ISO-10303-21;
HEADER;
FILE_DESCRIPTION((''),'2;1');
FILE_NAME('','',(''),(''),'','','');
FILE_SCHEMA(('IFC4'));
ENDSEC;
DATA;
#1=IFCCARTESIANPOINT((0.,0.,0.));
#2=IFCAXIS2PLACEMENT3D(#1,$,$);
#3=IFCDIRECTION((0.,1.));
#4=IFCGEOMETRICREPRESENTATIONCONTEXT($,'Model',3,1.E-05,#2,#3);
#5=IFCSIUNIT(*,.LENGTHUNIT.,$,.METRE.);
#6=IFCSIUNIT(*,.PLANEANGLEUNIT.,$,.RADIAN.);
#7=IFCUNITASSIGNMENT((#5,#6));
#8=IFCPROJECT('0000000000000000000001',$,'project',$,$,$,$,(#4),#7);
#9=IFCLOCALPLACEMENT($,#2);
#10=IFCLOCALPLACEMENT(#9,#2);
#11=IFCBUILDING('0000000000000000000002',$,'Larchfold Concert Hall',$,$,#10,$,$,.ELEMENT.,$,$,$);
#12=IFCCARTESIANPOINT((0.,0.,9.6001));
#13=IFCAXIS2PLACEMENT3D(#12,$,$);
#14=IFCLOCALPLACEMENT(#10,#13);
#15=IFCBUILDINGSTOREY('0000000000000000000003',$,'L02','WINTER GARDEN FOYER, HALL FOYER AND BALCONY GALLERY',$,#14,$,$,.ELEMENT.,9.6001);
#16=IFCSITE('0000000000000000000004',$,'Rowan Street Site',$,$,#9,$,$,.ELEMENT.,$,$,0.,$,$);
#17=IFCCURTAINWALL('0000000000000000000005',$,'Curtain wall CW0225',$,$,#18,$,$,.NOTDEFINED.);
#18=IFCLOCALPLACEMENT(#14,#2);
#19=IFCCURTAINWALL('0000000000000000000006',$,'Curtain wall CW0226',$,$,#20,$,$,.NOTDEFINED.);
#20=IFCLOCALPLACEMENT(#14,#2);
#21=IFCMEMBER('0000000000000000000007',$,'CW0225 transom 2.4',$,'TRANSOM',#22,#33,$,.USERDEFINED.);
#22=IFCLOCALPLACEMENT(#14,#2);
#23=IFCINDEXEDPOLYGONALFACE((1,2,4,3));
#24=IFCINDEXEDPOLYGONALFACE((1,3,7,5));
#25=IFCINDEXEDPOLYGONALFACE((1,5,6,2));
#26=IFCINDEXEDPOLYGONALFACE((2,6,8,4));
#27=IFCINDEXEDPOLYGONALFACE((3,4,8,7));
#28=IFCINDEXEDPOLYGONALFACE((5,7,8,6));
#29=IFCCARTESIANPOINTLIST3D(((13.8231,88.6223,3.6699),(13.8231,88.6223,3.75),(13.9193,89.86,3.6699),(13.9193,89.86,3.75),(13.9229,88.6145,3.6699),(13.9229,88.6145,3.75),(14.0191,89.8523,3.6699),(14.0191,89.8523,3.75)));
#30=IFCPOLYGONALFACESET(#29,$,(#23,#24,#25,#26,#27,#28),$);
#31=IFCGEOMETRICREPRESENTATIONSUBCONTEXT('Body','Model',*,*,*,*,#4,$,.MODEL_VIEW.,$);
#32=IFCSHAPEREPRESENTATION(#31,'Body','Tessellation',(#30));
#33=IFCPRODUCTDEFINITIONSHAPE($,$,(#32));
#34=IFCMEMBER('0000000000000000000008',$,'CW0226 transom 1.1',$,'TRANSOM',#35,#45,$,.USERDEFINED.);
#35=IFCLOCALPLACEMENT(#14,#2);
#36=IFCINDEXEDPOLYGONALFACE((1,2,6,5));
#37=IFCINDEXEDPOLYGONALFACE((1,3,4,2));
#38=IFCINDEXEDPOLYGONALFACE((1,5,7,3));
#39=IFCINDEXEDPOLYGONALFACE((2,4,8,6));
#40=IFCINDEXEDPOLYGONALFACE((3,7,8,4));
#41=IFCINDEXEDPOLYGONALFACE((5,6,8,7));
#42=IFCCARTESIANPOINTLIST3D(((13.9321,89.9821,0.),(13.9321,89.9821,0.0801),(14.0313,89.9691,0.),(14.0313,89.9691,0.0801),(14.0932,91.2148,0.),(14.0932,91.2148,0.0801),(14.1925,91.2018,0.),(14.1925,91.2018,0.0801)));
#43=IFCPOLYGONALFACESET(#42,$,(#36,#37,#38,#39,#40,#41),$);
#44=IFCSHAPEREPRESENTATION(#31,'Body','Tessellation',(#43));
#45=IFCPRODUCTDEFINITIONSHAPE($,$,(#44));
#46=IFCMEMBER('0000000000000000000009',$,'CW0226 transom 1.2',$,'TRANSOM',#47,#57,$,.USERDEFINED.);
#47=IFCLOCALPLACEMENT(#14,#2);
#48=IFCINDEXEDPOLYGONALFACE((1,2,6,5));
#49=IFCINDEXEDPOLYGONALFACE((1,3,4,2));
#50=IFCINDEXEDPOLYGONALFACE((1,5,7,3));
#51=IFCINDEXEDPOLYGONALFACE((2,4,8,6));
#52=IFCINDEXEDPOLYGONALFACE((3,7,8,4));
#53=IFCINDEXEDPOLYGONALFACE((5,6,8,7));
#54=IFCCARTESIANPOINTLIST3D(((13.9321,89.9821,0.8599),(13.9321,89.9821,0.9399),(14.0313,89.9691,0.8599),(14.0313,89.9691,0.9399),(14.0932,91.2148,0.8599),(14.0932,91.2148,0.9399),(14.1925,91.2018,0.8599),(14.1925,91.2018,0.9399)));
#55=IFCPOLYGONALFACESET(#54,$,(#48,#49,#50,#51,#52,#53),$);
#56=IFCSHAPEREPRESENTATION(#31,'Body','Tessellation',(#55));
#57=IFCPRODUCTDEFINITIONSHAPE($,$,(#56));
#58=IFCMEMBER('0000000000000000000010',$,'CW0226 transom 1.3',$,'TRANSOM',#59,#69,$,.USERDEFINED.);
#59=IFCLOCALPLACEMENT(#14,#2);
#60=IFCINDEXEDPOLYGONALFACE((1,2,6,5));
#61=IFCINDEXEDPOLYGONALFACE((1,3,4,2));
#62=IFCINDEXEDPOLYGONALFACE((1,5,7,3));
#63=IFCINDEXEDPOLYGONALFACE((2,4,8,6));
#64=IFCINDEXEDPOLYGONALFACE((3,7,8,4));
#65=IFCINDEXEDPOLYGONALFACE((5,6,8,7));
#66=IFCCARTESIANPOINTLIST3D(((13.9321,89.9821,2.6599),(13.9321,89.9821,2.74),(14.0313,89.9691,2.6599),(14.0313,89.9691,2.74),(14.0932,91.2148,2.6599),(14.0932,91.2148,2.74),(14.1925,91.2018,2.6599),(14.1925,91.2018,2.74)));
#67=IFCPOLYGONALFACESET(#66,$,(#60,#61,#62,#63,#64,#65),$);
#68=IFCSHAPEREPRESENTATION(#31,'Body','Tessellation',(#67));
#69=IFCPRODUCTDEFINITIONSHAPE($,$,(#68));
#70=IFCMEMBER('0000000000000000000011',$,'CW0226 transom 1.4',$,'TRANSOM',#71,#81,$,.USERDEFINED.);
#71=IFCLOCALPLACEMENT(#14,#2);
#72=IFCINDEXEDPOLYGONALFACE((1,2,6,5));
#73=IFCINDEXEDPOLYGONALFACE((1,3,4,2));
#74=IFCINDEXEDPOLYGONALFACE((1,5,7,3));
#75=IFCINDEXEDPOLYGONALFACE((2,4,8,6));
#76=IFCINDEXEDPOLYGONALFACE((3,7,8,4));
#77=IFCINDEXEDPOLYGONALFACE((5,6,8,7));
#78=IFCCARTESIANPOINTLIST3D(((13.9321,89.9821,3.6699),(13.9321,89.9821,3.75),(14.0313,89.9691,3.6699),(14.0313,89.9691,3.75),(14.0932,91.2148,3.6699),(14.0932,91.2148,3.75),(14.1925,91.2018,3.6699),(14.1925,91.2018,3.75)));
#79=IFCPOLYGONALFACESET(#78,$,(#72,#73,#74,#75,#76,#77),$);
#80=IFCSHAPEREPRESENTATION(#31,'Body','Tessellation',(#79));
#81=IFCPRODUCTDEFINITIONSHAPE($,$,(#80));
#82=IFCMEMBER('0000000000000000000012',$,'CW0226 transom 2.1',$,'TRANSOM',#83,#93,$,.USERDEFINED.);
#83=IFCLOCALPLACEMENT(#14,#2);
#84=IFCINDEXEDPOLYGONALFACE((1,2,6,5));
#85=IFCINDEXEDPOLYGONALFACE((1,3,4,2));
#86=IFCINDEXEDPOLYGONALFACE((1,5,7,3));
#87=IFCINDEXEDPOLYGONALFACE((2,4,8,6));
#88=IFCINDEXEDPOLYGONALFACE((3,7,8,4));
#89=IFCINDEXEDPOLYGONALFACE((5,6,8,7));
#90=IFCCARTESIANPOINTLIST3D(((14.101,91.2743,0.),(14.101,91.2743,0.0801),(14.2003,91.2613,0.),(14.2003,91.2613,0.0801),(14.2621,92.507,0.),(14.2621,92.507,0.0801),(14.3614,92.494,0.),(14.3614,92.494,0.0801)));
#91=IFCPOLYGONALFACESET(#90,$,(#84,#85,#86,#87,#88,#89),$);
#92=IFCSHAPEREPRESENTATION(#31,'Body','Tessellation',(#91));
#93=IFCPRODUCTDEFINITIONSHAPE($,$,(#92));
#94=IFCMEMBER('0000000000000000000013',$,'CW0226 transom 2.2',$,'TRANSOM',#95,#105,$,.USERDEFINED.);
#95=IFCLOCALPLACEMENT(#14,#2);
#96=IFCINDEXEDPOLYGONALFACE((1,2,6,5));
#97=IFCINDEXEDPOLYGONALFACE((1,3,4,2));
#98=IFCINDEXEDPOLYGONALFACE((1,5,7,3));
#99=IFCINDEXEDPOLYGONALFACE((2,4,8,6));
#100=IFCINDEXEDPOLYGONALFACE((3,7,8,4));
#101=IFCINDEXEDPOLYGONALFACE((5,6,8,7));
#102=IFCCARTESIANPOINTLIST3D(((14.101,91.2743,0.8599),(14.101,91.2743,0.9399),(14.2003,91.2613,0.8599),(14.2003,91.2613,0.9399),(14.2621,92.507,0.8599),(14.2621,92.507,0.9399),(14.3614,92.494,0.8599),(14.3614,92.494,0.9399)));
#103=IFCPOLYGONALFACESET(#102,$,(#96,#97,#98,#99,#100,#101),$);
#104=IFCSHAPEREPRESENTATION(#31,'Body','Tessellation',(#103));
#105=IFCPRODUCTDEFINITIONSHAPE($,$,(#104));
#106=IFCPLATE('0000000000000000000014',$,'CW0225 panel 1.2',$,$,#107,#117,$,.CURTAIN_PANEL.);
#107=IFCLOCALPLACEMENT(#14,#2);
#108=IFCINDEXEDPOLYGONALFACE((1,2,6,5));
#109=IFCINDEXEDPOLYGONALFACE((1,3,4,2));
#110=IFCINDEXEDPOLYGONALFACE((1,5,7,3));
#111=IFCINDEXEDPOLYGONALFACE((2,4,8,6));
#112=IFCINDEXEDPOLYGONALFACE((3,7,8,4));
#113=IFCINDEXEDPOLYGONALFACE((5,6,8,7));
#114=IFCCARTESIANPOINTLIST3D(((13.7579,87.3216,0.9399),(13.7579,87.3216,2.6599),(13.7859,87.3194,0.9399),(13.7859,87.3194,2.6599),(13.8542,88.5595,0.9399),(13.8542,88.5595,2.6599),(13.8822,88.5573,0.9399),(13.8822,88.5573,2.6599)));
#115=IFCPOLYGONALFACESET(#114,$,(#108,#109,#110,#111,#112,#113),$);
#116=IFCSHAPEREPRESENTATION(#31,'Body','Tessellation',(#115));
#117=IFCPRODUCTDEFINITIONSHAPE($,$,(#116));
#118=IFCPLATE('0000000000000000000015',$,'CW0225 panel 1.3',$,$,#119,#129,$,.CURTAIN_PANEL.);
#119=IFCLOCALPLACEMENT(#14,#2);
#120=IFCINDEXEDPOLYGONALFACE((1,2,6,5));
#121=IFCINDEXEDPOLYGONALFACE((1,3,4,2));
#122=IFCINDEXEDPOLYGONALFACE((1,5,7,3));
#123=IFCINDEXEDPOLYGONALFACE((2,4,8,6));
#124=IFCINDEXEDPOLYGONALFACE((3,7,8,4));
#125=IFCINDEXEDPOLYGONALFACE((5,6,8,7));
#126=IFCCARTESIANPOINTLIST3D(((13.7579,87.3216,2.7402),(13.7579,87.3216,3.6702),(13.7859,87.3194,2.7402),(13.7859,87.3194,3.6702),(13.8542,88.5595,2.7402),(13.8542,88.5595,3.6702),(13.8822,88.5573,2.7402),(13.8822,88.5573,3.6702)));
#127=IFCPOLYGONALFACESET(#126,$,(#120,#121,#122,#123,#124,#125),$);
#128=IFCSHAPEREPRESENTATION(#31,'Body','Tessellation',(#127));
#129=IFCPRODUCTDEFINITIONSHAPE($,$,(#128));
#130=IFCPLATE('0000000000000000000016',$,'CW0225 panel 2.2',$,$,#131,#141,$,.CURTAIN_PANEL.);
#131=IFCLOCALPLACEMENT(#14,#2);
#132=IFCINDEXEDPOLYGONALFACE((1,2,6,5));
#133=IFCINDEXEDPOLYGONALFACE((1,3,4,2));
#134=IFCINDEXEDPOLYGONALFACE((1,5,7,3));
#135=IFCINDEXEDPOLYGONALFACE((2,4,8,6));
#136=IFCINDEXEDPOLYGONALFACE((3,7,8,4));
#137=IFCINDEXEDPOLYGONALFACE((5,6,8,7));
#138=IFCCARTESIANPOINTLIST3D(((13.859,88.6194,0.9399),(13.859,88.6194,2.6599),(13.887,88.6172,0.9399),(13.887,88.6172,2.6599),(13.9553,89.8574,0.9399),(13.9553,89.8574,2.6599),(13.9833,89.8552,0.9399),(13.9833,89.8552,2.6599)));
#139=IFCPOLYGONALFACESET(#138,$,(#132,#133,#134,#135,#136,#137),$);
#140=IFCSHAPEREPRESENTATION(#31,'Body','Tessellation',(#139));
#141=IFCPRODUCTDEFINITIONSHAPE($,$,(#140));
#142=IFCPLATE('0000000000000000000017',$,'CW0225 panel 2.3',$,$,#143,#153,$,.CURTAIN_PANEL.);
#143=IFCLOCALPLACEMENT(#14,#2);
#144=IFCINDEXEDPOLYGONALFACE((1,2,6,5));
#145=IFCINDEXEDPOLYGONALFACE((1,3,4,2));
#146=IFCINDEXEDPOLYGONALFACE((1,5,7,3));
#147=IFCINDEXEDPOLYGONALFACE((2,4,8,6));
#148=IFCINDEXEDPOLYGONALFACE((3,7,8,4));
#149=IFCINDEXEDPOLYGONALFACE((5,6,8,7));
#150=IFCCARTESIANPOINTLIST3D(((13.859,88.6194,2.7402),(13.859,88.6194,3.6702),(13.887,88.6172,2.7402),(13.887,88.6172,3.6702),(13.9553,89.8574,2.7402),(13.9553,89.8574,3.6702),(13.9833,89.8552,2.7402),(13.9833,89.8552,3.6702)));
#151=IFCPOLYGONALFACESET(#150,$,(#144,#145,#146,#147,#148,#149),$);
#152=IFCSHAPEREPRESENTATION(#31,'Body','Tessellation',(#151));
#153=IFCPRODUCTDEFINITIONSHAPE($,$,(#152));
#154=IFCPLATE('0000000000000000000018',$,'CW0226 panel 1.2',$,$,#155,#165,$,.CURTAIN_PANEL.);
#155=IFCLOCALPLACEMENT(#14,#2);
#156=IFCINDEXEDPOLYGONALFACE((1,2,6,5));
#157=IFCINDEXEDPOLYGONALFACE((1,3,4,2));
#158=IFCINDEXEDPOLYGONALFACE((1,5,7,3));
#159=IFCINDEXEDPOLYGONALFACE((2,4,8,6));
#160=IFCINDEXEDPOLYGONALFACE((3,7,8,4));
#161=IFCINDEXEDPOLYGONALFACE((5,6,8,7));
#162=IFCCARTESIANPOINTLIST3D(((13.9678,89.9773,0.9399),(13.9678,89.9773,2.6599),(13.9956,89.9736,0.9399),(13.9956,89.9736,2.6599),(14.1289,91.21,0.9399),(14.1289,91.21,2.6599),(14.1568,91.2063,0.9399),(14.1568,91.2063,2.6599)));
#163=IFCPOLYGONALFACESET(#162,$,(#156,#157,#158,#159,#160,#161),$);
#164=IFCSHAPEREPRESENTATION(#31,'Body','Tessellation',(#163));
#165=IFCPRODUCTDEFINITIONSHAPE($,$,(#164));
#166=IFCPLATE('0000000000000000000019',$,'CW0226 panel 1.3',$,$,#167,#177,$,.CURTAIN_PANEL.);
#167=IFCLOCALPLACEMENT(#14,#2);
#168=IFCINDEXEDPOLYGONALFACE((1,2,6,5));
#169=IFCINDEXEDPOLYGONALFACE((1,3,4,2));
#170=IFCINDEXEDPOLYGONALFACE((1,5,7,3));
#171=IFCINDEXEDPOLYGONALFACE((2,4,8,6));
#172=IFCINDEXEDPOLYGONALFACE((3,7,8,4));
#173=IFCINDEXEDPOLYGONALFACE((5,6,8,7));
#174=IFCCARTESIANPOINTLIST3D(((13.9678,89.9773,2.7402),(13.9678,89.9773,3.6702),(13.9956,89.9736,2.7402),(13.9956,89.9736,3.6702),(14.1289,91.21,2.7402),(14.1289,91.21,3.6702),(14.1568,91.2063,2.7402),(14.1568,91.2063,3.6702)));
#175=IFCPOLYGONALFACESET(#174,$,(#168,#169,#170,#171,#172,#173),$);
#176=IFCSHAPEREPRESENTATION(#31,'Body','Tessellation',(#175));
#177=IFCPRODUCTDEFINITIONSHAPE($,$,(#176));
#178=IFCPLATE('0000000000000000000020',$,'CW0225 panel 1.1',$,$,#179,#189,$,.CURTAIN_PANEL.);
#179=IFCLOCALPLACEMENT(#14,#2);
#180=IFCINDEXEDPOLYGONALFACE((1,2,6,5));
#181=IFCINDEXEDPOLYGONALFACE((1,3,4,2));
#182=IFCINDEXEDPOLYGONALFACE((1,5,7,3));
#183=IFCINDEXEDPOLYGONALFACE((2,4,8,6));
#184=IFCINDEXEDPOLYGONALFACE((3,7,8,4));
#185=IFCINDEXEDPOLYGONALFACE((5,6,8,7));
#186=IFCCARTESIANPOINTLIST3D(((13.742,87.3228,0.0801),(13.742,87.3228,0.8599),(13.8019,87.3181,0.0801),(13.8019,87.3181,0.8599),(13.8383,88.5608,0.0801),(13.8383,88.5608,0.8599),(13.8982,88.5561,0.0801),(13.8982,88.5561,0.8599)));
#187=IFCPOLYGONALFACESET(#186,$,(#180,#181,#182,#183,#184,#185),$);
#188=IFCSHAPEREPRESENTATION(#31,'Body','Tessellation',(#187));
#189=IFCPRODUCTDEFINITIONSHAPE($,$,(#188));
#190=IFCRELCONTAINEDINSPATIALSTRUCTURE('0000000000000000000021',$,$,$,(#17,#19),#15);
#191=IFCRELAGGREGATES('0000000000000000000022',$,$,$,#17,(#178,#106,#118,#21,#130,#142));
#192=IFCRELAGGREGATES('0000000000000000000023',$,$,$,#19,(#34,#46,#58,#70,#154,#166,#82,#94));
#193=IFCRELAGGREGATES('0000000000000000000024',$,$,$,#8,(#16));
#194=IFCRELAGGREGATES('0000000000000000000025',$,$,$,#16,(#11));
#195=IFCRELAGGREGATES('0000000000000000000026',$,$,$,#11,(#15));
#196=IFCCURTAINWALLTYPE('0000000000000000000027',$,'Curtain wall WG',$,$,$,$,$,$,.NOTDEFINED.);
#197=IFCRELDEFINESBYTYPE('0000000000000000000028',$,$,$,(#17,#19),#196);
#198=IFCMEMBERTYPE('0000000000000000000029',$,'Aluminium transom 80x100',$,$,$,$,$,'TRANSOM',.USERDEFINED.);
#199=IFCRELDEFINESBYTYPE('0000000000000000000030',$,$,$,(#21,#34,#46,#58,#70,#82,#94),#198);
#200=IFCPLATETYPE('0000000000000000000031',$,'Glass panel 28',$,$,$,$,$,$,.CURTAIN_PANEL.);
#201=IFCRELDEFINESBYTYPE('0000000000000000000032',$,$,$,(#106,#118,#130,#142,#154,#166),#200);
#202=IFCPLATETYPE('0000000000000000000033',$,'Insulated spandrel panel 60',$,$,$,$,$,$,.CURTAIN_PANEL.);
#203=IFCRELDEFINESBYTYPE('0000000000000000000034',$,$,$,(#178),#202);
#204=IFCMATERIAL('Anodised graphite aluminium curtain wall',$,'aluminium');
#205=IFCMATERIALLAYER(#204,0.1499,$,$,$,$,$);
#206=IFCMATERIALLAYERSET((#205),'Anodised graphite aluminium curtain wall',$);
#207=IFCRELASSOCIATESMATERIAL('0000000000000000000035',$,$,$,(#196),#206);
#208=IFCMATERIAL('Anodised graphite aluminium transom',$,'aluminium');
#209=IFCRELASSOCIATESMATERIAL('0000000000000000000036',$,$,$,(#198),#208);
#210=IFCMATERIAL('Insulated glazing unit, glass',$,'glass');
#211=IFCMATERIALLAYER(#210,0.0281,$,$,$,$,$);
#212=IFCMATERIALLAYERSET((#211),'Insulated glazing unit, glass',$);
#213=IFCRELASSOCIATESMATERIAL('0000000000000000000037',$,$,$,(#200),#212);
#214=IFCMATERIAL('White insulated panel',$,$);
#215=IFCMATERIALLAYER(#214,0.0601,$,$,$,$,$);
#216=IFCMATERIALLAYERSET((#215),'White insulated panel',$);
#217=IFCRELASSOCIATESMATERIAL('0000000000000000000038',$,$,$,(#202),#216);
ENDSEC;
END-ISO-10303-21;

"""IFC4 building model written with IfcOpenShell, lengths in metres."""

from ifc_helpers import new_model, si_unit, direction, frame, origin, origin_2d, place, context, subcontext, project, spatial, rectangle, extrude, material, layer, layer_set, material_profile, profile_set, type_object, element, aggregate, save


model = new_model("IFC4")

# Units and contexts
model_context = context("Model", 3, precision=1e-05, world=origin(), true_north=direction((0.0, 1.0)))
body_context = subcontext(model_context, "Body", "Model", "MODEL_VIEW")
ifc_project = project(units=[si_unit("LENGTHUNIT", "METRE"), si_unit("PLANEANGLEUNIT", "RADIAN")], contexts=[model_context])

# Site, building, storey
site_placement = place(None, origin())
site = spatial("IfcSite", under=ifc_project, at=site_placement, Name="Rowan Street Site", CompositionType="ELEMENT", RefElevation=0.0)
building_placement = place(site_placement, origin())
building = spatial("IfcBuilding", under=site, at=building_placement, Name="Larchfold Concert Hall", CompositionType="ELEMENT")
storey_placement = place(building_placement, frame((0.0, 0.0, 9.6001)))
storey = spatial("IfcBuildingStorey", under=building, at=storey_placement, Name="L02", Description="WINTER GARDEN FOYER, HALL FOYER AND BALCONY GALLERY", CompositionType="ELEMENT", Elevation=9.6001)

# Shared definitions
ifc_material_1 = material(Name="Anodised graphite aluminium curtain wall", Category="aluminium")
ifc_layer_1 = layer(ifc_material_1, 0.1499)
ifc_layer_set_1 = layer_set([ifc_layer_1], Name="Anodised graphite aluminium curtain wall")
curtain_wall_type = type_object("IfcCurtainWallType", Name="Curtain wall WG", PredefinedType="NOTDEFINED", material=ifc_layer_set_1)

# Curtain walls
curtain_wall_1_placement = place(storey_placement, origin())
curtain_wall_1 = element("IfcCurtainWall", 1, at=curtain_wall_1_placement, inside=storey, type_object=curtain_wall_type, Name="Curtain wall CW0225", PredefinedType="NOTDEFINED")
curtain_wall_2_placement = place(storey_placement, origin())
curtain_wall_2 = element("IfcCurtainWall", 2, at=curtain_wall_2_placement, inside=storey, type_object=curtain_wall_type, Name="Curtain wall CW0226", PredefinedType="NOTDEFINED")

# Members
ifc_material_2 = material(Name="Anodised graphite aluminium transom", Category="aluminium")
ifc_material_profile_1 = material_profile(ifc_material_2, rectangle(XDim=0.1001, YDim=0.0801, at=origin_2d()))
ifc_profile_set_1 = profile_set([ifc_material_profile_1], Name="Anodised graphite aluminium transom")
member_type_1 = type_object("IfcMemberType", Name="Aluminium transom 80x100", ElementType="TRANSOM", PredefinedType="USERDEFINED", material=ifc_profile_set_1)
member_1_placement = place(storey_placement, frame((13.873, 88.6184, 3.71), z_axis=(0.077478, 0.996994, 0.0), x_axis=(-0.996994, 0.077478, 0.0)))
member_1 = element("IfcMember", 3, at=member_1_placement, type_object=member_type_1, Name="CW0225 transom 2.4", ObjectType="TRANSOM", PredefinedType="USERDEFINED", context=body_context, shape_type="SweptSolid", body=[
    extrude(rectangle(XDim=0.1001, YDim=0.0801, at=origin_2d()), origin(), (0.0, 0.0, 1.0), 1.2415),
])
member_2_placement = place(storey_placement, frame((13.9817, 89.9756, 0.04), z_axis=(0.129616, 0.991564, 0.0), x_axis=(-0.991564, 0.129616, 0.0)))
member_2 = element("IfcMember", 4, at=member_2_placement, type_object=member_type_1, Name="CW0226 transom 1.1", ObjectType="TRANSOM", PredefinedType="USERDEFINED", context=body_context, shape_type="SweptSolid", body=[
    extrude(rectangle(XDim=0.1001, YDim=0.0801, at=origin_2d()), origin(), (0.0, 0.0, 1.0), 1.2432),
])
member_3_placement = place(storey_placement, frame((13.9817, 89.9756, 0.8999), z_axis=(0.129616, 0.991564, 0.0), x_axis=(-0.991564, 0.129616, 0.0)))
member_3 = element("IfcMember", 5, at=member_3_placement, type_object=member_type_1, Name="CW0226 transom 1.2", ObjectType="TRANSOM", PredefinedType="USERDEFINED", context=body_context, shape_type="SweptSolid", body=[
    extrude(rectangle(XDim=0.1001, YDim=0.0801, at=origin_2d()), origin(), (0.0, 0.0, 1.0), 1.2432),
])
member_4_placement = place(storey_placement, frame((13.9817, 89.9756, 2.7), z_axis=(0.129616, 0.991564, 0.0), x_axis=(-0.991564, 0.129616, 0.0)))
member_4 = element("IfcMember", 6, at=member_4_placement, type_object=member_type_1, Name="CW0226 transom 1.3", ObjectType="TRANSOM", PredefinedType="USERDEFINED", context=body_context, shape_type="SweptSolid", body=[
    extrude(rectangle(XDim=0.1001, YDim=0.0801, at=origin_2d()), origin(), (0.0, 0.0, 1.0), 1.2432),
])
member_5_placement = place(storey_placement, frame((13.9817, 89.9756, 3.71), z_axis=(0.129616, 0.991564, 0.0), x_axis=(-0.991564, 0.129616, 0.0)))
member_5 = element("IfcMember", 7, at=member_5_placement, type_object=member_type_1, Name="CW0226 transom 1.4", ObjectType="TRANSOM", PredefinedType="USERDEFINED", context=body_context, shape_type="SweptSolid", body=[
    extrude(rectangle(XDim=0.1001, YDim=0.0801, at=origin_2d()), origin(), (0.0, 0.0, 1.0), 1.2432),
])
member_6_placement = place(storey_placement, frame((14.1506, 91.2678, 0.04), z_axis=(0.129616, 0.991564, 0.0), x_axis=(-0.991564, 0.129616, 0.0)))
member_6 = element("IfcMember", 8, at=member_6_placement, type_object=member_type_1, Name="CW0226 transom 2.1", ObjectType="TRANSOM", PredefinedType="USERDEFINED", context=body_context, shape_type="SweptSolid", body=[
    extrude(rectangle(XDim=0.1001, YDim=0.0801, at=origin_2d()), origin(), (0.0, 0.0, 1.0), 1.2432),
])
member_7_placement = place(storey_placement, frame((14.1506, 91.2678, 0.8999), z_axis=(0.129616, 0.991564, 0.0), x_axis=(-0.991564, 0.129616, 0.0)))
member_7 = element("IfcMember", 9, at=member_7_placement, type_object=member_type_1, Name="CW0226 transom 2.2", ObjectType="TRANSOM", PredefinedType="USERDEFINED", context=body_context, shape_type="SweptSolid", body=[
    extrude(rectangle(XDim=0.1001, YDim=0.0801, at=origin_2d()), origin(), (0.0, 0.0, 1.0), 1.2432),
])

# Plates
ifc_material_3 = material(Name="Insulated glazing unit, glass", Category="glass")
ifc_layer_2 = layer(ifc_material_3, 0.0281)
ifc_layer_set_2 = layer_set([ifc_layer_2], Name="Insulated glazing unit, glass")
plate_type_1 = type_object("IfcPlateType", Name="Glass panel 28", PredefinedType="CURTAIN_PANEL", material=ifc_layer_set_2)
plate_1_placement = place(storey_placement, frame((13.8201, 87.9395, 0.9399), z_axis=(0.0, 0.0, 1.0), x_axis=(0.077552, 0.996988, 0.0)))
plate_1 = element("IfcPlate", 10, at=plate_1_placement, type_object=plate_type_1, Name="CW0225 panel 1.2", PredefinedType="CURTAIN_PANEL", context=body_context, shape_type="SweptSolid", body=[
    extrude(rectangle(XDim=1.2417, YDim=0.0281, at=origin_2d()), origin(), (0.0, 0.0, 1.0), 1.72),
])
plate_2_placement = place(storey_placement, frame((13.8201, 87.9395, 2.7402), z_axis=(0.0, 0.0, 1.0), x_axis=(0.077552, 0.996988, 0.0)))
plate_2 = element("IfcPlate", 11, at=plate_2_placement, type_object=plate_type_1, Name="CW0225 panel 1.3", PredefinedType="CURTAIN_PANEL", context=body_context, shape_type="SweptSolid", body=[
    extrude(rectangle(XDim=1.2417, YDim=0.0281, at=origin_2d()), origin(), (0.0, 0.0, 1.0), 0.9299),
])
plate_3_placement = place(storey_placement, frame((13.9211, 89.2373, 0.9399), z_axis=(0.0, 0.0, 1.0), x_axis=(0.077552, 0.996988, 0.0)))
plate_3 = element("IfcPlate", 12, at=plate_3_placement, type_object=plate_type_1, Name="CW0225 panel 2.2", PredefinedType="CURTAIN_PANEL", context=body_context, shape_type="SweptSolid", body=[
    extrude(rectangle(XDim=1.2417, YDim=0.0281, at=origin_2d()), origin(), (0.0, 0.0, 1.0), 1.72),
])
plate_4_placement = place(storey_placement, frame((13.9211, 89.2373, 2.7402), z_axis=(0.0, 0.0, 1.0), x_axis=(0.077552, 0.996988, 0.0)))
plate_4 = element("IfcPlate", 13, at=plate_4_placement, type_object=plate_type_1, Name="CW0225 panel 2.3", PredefinedType="CURTAIN_PANEL", context=body_context, shape_type="SweptSolid", body=[
    extrude(rectangle(XDim=1.2417, YDim=0.0281, at=origin_2d()), origin(), (0.0, 0.0, 1.0), 0.9299),
])
plate_5_placement = place(storey_placement, frame((14.0623, 90.5918, 0.9399), z_axis=(0.0, 0.0, 1.0), x_axis=(0.129644, 0.991561, 0.0)))
plate_5 = element("IfcPlate", 14, at=plate_5_placement, type_object=plate_type_1, Name="CW0226 panel 1.2", PredefinedType="CURTAIN_PANEL", context=body_context, shape_type="SweptSolid", body=[
    extrude(rectangle(XDim=1.2432, YDim=0.0281, at=origin_2d()), origin(), (0.0, 0.0, 1.0), 1.72),
])
plate_6_placement = place(storey_placement, frame((14.0623, 90.5918, 2.7402), z_axis=(0.0, 0.0, 1.0), x_axis=(0.129644, 0.991561, 0.0)))
plate_6 = element("IfcPlate", 15, at=plate_6_placement, type_object=plate_type_1, Name="CW0226 panel 1.3", PredefinedType="CURTAIN_PANEL", context=body_context, shape_type="SweptSolid", body=[
    extrude(rectangle(XDim=1.2432, YDim=0.0281, at=origin_2d()), origin(), (0.0, 0.0, 1.0), 0.9299),
])
ifc_material_4 = material(Name="White insulated panel")
ifc_layer_3 = layer(ifc_material_4, 0.0601)
ifc_layer_set_3 = layer_set([ifc_layer_3], Name="White insulated panel")
plate_type_2 = type_object("IfcPlateType", Name="Insulated spandrel panel 60", PredefinedType="CURTAIN_PANEL", material=ifc_layer_set_3)
plate_7_placement = place(storey_placement, frame((13.8201, 87.9395, 0.0801), z_axis=(0.0, 0.0, 1.0), x_axis=(0.077552, 0.996988, 0.0)))
plate_7 = element("IfcPlate", 16, at=plate_7_placement, type_object=plate_type_2, Name="CW0225 panel 1.1", PredefinedType="CURTAIN_PANEL", context=body_context, shape_type="SweptSolid", body=[
    extrude(rectangle(XDim=1.2417, YDim=0.0601, at=origin_2d()), origin(), (0.0, 0.0, 1.0), 0.7798),
])
aggregate(curtain_wall_1, [plate_7, plate_1, plate_2, member_1, plate_3, plate_4])
aggregate(curtain_wall_2, [member_2, member_3, member_4, member_5, plate_5, plate_6, member_6, member_7])

save(model, "model.ifc")
